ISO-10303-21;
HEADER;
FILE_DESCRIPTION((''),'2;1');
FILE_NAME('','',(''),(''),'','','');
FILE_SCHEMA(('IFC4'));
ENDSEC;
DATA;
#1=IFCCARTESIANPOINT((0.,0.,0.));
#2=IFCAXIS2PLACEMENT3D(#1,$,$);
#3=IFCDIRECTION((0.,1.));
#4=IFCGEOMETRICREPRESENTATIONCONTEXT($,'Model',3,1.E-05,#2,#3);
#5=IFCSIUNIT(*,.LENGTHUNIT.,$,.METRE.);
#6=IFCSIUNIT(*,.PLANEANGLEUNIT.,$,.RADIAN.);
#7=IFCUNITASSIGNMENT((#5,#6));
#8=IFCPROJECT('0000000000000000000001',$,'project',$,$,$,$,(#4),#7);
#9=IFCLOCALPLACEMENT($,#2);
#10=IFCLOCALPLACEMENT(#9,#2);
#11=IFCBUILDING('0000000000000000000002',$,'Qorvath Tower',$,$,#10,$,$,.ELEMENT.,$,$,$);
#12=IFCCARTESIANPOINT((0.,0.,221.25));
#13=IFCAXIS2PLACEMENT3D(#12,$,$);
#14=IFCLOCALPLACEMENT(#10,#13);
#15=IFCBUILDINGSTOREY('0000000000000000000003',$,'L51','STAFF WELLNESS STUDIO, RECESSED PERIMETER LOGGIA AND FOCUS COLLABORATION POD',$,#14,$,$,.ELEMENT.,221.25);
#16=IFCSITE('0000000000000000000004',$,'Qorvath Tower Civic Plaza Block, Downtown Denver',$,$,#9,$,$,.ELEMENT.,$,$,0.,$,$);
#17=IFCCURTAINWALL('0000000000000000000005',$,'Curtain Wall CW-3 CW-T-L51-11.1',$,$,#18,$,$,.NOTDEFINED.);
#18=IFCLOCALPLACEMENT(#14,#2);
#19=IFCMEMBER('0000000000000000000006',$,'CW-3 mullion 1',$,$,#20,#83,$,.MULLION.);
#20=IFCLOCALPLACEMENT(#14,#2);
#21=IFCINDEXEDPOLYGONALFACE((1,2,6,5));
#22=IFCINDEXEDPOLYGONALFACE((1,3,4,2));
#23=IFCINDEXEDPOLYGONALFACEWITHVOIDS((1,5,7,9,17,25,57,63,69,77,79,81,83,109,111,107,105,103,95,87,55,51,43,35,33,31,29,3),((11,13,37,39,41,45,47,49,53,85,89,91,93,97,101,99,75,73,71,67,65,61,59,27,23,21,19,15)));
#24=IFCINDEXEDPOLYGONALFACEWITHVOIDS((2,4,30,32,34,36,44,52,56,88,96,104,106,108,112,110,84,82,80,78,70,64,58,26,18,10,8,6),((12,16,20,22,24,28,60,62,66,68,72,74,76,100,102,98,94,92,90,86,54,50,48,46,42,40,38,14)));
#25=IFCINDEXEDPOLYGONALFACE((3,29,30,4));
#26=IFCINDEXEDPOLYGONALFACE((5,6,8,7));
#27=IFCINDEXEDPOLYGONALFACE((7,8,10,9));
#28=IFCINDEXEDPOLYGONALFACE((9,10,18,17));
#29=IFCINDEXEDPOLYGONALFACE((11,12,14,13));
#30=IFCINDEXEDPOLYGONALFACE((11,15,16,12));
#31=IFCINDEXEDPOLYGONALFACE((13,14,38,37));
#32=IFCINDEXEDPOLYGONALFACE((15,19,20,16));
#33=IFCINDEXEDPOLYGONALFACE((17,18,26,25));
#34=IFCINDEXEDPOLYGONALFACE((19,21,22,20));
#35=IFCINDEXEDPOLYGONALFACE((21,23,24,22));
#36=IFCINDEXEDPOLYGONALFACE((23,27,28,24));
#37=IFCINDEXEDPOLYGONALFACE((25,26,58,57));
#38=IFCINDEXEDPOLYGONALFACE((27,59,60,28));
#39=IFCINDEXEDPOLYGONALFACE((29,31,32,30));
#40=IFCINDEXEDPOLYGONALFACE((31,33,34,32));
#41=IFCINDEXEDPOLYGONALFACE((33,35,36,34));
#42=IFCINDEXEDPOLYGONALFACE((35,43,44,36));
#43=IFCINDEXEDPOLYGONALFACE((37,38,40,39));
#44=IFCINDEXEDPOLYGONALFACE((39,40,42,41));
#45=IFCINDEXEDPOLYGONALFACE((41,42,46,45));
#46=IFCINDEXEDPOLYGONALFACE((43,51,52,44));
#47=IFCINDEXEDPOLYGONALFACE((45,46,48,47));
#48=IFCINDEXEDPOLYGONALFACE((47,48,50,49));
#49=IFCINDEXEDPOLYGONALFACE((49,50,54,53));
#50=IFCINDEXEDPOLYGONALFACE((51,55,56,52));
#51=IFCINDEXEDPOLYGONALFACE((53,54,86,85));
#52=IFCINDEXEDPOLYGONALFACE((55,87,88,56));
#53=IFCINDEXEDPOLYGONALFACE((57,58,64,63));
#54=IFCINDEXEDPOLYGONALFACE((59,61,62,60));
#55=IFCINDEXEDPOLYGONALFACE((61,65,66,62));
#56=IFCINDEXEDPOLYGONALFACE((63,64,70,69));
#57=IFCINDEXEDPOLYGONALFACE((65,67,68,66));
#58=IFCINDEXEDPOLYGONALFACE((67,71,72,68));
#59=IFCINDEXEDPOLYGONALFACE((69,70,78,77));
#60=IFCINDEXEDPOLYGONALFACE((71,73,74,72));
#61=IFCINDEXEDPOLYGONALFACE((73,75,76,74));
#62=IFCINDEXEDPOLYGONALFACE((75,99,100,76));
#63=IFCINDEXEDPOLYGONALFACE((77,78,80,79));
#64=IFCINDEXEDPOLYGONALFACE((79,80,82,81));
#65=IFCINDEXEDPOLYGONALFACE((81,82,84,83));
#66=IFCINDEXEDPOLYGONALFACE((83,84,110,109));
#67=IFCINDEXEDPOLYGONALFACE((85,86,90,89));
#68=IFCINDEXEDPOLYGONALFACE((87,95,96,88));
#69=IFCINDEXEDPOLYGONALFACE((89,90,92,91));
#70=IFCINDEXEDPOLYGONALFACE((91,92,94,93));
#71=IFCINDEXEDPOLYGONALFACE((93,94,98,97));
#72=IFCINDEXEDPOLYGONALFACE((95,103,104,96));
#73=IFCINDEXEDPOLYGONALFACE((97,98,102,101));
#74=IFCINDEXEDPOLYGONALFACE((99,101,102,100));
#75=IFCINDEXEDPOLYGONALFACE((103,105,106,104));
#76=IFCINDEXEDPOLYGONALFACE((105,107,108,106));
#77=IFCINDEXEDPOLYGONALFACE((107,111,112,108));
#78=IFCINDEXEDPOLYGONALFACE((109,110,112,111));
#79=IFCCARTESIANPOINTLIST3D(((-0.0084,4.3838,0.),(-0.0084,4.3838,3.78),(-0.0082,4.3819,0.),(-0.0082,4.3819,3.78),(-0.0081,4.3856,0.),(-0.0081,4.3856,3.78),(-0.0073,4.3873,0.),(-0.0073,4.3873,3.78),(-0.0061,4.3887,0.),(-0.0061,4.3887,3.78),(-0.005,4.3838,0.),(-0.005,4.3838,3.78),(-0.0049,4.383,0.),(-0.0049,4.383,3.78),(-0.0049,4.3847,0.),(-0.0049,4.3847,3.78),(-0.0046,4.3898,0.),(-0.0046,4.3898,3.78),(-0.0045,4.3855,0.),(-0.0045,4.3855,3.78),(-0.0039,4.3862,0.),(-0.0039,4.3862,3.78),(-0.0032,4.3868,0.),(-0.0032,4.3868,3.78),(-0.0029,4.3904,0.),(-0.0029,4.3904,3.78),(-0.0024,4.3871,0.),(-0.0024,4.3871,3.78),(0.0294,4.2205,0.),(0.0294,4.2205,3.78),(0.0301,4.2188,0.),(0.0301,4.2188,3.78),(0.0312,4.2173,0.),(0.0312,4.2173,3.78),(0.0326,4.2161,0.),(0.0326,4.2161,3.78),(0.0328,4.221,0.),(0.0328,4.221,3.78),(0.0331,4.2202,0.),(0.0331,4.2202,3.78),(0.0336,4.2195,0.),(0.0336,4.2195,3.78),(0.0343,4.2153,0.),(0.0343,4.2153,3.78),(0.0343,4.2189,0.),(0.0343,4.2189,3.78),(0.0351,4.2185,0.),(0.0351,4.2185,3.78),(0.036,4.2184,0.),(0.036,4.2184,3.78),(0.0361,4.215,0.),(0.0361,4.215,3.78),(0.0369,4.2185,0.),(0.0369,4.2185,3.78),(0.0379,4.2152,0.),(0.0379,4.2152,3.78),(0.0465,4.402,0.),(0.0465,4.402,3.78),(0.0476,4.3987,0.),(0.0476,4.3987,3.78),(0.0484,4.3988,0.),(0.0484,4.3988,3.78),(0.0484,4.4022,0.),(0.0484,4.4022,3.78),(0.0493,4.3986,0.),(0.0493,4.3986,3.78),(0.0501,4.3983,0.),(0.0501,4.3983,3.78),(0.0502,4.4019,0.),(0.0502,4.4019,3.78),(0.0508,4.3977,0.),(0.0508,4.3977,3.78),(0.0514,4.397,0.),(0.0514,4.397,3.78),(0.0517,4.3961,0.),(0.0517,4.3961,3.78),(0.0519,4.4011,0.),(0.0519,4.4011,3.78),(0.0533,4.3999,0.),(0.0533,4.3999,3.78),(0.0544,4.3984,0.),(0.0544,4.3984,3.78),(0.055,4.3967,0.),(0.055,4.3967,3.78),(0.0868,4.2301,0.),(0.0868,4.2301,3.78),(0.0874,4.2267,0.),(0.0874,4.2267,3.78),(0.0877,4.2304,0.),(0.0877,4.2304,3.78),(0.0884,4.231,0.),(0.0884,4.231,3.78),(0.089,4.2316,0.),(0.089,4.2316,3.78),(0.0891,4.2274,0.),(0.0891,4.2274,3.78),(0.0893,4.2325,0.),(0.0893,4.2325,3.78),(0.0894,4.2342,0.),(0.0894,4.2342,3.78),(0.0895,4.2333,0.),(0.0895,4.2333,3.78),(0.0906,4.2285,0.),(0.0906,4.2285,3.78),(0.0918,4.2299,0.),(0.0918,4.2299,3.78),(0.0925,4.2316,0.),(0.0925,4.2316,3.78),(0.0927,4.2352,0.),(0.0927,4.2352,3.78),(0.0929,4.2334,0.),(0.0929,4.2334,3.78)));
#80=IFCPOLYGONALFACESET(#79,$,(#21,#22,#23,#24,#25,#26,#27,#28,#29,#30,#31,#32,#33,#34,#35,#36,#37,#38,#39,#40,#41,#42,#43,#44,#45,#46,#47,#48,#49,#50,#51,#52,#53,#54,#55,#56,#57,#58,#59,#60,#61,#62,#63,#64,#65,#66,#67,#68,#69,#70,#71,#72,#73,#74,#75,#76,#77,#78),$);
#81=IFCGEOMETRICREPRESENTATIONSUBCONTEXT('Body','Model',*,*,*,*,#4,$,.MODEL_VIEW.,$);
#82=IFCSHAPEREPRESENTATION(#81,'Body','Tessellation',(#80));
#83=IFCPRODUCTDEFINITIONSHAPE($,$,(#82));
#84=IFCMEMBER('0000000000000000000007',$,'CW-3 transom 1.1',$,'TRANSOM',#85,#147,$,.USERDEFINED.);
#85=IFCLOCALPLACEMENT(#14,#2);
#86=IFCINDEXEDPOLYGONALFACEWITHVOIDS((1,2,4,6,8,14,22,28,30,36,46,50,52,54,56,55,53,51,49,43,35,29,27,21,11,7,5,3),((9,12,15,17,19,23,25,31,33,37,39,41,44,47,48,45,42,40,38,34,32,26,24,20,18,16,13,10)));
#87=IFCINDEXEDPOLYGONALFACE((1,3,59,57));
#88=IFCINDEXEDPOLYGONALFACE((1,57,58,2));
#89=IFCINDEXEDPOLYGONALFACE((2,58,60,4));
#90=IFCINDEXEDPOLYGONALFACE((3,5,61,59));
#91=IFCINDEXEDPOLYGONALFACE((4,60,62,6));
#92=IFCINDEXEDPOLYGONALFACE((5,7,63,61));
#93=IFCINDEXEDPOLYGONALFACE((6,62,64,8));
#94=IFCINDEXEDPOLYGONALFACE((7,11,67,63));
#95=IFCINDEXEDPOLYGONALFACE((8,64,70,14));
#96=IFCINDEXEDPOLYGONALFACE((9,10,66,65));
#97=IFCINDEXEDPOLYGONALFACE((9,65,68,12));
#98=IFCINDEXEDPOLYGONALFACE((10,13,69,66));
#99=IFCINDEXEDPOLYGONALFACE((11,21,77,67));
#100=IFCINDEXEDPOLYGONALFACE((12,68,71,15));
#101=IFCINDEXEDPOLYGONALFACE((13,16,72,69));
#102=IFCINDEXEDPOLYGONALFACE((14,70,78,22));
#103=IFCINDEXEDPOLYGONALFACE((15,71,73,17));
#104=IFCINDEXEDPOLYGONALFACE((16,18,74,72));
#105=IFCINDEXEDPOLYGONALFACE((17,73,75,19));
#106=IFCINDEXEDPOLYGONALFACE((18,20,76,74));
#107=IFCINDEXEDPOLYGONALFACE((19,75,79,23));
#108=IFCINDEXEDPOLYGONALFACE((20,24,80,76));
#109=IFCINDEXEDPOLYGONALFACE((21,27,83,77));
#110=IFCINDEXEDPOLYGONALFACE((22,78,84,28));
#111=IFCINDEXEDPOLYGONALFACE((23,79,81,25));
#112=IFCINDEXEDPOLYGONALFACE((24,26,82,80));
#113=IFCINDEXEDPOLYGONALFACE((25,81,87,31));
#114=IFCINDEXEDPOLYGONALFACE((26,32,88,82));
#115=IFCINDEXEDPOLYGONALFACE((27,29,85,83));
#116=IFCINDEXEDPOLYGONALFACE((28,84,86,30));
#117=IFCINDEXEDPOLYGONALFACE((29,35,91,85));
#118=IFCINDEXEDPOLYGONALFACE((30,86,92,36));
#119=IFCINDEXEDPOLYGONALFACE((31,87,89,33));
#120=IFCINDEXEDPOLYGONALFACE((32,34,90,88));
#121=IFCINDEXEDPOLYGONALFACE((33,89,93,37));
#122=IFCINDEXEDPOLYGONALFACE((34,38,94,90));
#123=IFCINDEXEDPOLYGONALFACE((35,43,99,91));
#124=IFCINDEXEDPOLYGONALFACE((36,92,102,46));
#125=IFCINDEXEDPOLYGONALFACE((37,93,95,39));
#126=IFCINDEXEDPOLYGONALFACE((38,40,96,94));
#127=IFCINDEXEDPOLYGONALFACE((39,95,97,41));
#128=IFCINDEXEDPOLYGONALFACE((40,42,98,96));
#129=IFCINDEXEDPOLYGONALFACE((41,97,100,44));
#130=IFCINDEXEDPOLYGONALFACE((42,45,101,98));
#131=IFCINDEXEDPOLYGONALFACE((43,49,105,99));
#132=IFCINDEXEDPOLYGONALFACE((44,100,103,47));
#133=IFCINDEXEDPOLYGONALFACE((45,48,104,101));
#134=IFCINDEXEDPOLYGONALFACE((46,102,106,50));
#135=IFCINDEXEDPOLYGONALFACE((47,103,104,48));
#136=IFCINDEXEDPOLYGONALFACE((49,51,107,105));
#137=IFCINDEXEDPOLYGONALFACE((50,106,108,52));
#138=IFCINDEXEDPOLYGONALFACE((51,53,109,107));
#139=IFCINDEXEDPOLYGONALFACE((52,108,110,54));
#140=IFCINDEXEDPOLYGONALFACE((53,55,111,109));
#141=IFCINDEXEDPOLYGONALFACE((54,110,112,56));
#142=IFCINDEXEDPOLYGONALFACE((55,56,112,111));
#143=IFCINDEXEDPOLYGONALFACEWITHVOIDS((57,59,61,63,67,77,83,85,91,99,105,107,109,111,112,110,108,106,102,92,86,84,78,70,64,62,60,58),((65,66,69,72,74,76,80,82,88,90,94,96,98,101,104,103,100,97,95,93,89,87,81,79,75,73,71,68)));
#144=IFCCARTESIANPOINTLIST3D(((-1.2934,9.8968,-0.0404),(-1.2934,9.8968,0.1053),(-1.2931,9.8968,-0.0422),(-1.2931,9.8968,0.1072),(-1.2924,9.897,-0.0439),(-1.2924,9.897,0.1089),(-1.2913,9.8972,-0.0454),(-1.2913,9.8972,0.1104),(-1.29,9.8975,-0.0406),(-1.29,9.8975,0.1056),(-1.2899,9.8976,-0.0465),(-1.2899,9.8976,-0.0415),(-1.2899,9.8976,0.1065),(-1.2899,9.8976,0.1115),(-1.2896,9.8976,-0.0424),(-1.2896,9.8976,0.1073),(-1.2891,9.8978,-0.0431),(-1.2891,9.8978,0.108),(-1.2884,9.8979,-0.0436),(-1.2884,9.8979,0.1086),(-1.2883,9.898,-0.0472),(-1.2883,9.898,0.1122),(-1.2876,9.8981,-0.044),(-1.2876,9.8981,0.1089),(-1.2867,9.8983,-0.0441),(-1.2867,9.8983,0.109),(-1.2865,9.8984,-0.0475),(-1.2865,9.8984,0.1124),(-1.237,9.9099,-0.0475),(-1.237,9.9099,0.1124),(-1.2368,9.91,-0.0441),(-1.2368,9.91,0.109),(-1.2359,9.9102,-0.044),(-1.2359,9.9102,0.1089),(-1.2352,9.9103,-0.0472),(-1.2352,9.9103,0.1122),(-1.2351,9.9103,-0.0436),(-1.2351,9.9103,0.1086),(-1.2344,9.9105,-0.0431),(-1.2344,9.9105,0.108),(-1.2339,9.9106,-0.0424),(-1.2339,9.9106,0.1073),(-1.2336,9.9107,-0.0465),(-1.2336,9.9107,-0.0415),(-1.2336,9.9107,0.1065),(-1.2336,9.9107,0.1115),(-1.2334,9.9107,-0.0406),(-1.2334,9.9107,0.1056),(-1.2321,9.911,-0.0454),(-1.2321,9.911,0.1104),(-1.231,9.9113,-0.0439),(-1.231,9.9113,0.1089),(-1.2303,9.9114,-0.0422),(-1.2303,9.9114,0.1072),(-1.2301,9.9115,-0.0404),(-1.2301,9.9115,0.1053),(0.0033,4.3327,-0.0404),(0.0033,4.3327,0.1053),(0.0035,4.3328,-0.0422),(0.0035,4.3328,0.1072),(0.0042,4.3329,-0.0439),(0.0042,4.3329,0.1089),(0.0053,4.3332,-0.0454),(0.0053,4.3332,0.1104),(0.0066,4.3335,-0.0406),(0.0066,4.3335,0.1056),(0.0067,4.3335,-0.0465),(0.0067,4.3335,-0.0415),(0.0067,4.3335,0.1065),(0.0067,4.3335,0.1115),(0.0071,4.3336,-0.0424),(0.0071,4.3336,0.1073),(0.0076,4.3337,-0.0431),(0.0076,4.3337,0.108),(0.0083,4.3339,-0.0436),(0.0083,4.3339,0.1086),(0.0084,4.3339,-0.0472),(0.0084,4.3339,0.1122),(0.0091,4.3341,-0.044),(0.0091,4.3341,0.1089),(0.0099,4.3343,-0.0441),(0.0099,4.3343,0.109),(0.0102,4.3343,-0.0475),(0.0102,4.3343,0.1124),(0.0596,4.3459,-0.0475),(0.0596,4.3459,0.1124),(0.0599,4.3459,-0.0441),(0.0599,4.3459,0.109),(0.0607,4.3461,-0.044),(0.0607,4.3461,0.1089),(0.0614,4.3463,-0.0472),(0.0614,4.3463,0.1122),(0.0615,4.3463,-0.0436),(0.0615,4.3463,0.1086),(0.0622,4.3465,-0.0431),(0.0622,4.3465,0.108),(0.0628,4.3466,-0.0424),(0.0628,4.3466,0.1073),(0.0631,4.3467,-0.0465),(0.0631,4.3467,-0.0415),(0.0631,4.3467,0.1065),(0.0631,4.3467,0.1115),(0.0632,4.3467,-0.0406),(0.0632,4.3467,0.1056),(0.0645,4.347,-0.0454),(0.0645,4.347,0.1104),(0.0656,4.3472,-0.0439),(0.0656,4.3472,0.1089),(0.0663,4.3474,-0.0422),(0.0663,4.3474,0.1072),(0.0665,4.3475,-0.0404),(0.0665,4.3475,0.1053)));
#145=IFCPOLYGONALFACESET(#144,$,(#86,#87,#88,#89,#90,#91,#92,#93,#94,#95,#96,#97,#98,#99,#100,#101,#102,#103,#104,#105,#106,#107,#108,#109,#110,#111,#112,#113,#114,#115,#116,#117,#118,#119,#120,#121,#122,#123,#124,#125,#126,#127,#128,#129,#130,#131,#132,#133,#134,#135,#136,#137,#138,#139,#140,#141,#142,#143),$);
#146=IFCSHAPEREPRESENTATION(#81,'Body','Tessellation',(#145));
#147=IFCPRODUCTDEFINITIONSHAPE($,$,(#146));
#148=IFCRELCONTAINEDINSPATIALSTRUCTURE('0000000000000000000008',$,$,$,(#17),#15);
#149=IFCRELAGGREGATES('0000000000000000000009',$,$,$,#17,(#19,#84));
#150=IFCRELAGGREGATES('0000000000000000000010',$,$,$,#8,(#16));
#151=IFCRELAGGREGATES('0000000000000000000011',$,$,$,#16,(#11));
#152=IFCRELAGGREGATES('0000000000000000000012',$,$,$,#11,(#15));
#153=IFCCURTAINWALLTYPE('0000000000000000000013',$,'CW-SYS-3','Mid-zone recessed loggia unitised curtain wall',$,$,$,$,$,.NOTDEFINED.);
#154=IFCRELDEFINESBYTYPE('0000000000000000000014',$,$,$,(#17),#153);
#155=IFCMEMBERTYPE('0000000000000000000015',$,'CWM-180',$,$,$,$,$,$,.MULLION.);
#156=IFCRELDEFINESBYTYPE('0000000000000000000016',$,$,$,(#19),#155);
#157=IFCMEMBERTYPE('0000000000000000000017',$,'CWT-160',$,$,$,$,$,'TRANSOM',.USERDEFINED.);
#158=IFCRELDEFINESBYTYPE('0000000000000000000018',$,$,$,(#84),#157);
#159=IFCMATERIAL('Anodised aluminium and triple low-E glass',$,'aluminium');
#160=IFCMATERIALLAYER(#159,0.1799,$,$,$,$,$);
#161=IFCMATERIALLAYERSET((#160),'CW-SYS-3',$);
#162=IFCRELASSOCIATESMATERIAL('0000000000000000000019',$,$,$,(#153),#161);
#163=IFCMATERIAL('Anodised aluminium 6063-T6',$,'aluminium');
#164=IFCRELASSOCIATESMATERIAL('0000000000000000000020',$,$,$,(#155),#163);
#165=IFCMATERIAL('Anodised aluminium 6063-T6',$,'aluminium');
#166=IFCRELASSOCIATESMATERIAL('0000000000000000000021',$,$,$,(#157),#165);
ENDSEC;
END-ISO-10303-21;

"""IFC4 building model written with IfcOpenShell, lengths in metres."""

from ifc_helpers import new_model, si_unit, direction, frame, origin, origin_2d, place, context, subcontext, project, spatial, hollow_rectangle, extrude, material, layer, layer_set, material_profile, profile_set, type_object, element, aggregate, save


model = new_model("IFC4")

# Units and contexts
model_context = context("Model", 3, precision=1e-05, world=origin(), true_north=direction((0.0, 1.0)))
body_context = subcontext(model_context, "Body", "Model", "MODEL_VIEW")
ifc_project = project(units=[si_unit("LENGTHUNIT", "METRE"), si_unit("PLANEANGLEUNIT", "RADIAN")], contexts=[model_context])

# Site, building, storey
site_placement = place(None, origin())
site = spatial("IfcSite", under=ifc_project, at=site_placement, Name="Qorvath Tower Civic Plaza Block, Downtown Denver", CompositionType="ELEMENT", RefElevation=0.0)
building_placement = place(site_placement, origin())
building = spatial("IfcBuilding", under=site, at=building_placement, Name="Qorvath Tower", CompositionType="ELEMENT")
storey_placement = place(building_placement, frame((0.0, 0.0, 221.25)))
storey = spatial("IfcBuildingStorey", under=building, at=storey_placement, Name="L51", Description="STAFF WELLNESS STUDIO, RECESSED PERIMETER LOGGIA AND FOCUS COLLABORATION POD", CompositionType="ELEMENT", Elevation=221.25)

# Curtain wall, members
ifc_material_1 = material(Name="Anodised aluminium and triple low-E glass", Category="aluminium")
ifc_layer_1 = layer(ifc_material_1, 0.1799)
ifc_layer_set_1 = layer_set([ifc_layer_1], Name="CW-SYS-3")
curtain_wall_type = type_object("IfcCurtainWallType", Name="CW-SYS-3", Description="Mid-zone recessed loggia unitised curtain wall", PredefinedType="NOTDEFINED", material=ifc_layer_set_1)
curtain_wall_placement = place(storey_placement, origin())
curtain_wall = element("IfcCurtainWall", 1, at=curtain_wall_placement, inside=storey, type_object=curtain_wall_type, Name="Curtain Wall CW-3 CW-T-L51-11.1", PredefinedType="NOTDEFINED")
ifc_material_2 = material(Name="Anodised aluminium 6063-T6", Category="aluminium")
ifc_material_profile_1 = material_profile(ifc_material_2, hollow_rectangle(XDim=0.0649, YDim=0.1799, WallThickness=0.0034, InnerFilletRadius=0.0034, OuterFilletRadius=0.0071, at=origin_2d()), Name="CWM 180x65")
ifc_profile_set_1 = profile_set([ifc_material_profile_1], Name="Anodised aluminium 6063-T6")
member_type_1 = type_object("IfcMemberType", Name="CWM-180", PredefinedType="MULLION", material=ifc_profile_set_1)
member_1_placement = place(storey_placement, frame((0.0422, 4.3086, 0.0), z_axis=(0.0, 0.0, 1.0), x_axis=(-0.973908, -0.226944, 0.0)))
member_1 = element("IfcMember", 2, at=member_1_placement, type_object=member_type_1, Name="CW-3 mullion 1", PredefinedType="MULLION", context=body_context, shape_type="SweptSolid", body=[
    extrude(hollow_rectangle(XDim=0.0649, YDim=0.1799, WallThickness=0.0034, InnerFilletRadius=0.0034, OuterFilletRadius=0.0071, at=origin_2d()), origin(), (0.0, 0.0, 1.0), 3.78),
])
ifc_material_3 = material(Name="Anodised aluminium 6063-T6", Category="aluminium")
ifc_material_profile_2 = material_profile(ifc_material_3, hollow_rectangle(XDim=0.0649, YDim=0.1599, WallThickness=0.0034, InnerFilletRadius=0.0034, OuterFilletRadius=0.0071, at=origin_2d()), Name="CWT 160x65")
ifc_profile_set_2 = profile_set([ifc_material_profile_2], Name="Anodised aluminium 6063-T6")
member_type_2 = type_object("IfcMemberType", Name="CWT-160", ElementType="TRANSOM", PredefinedType="USERDEFINED", material=ifc_profile_set_2)
member_2_placement = place(storey_placement, frame((0.0349, 4.3401, 0.0325), z_axis=(-0.226959, 0.973904, 0.0), x_axis=(-0.973904, -0.226959, 0.0)))
member_2 = element("IfcMember", 3, at=member_2_placement, type_object=member_type_2, Name="CW-3 transom 1.1", ObjectType="TRANSOM", PredefinedType="USERDEFINED", context=body_context, shape_type="SweptSolid", body=[
    extrude(hollow_rectangle(XDim=0.0649, YDim=0.1599, WallThickness=0.0034, InnerFilletRadius=0.0034, OuterFilletRadius=0.0071, at=origin_2d()), origin(), (0.0, 0.0, 1.0), 5.7131),
])
aggregate(curtain_wall, [member_1, member_2])

save(model, "model.ifc")
